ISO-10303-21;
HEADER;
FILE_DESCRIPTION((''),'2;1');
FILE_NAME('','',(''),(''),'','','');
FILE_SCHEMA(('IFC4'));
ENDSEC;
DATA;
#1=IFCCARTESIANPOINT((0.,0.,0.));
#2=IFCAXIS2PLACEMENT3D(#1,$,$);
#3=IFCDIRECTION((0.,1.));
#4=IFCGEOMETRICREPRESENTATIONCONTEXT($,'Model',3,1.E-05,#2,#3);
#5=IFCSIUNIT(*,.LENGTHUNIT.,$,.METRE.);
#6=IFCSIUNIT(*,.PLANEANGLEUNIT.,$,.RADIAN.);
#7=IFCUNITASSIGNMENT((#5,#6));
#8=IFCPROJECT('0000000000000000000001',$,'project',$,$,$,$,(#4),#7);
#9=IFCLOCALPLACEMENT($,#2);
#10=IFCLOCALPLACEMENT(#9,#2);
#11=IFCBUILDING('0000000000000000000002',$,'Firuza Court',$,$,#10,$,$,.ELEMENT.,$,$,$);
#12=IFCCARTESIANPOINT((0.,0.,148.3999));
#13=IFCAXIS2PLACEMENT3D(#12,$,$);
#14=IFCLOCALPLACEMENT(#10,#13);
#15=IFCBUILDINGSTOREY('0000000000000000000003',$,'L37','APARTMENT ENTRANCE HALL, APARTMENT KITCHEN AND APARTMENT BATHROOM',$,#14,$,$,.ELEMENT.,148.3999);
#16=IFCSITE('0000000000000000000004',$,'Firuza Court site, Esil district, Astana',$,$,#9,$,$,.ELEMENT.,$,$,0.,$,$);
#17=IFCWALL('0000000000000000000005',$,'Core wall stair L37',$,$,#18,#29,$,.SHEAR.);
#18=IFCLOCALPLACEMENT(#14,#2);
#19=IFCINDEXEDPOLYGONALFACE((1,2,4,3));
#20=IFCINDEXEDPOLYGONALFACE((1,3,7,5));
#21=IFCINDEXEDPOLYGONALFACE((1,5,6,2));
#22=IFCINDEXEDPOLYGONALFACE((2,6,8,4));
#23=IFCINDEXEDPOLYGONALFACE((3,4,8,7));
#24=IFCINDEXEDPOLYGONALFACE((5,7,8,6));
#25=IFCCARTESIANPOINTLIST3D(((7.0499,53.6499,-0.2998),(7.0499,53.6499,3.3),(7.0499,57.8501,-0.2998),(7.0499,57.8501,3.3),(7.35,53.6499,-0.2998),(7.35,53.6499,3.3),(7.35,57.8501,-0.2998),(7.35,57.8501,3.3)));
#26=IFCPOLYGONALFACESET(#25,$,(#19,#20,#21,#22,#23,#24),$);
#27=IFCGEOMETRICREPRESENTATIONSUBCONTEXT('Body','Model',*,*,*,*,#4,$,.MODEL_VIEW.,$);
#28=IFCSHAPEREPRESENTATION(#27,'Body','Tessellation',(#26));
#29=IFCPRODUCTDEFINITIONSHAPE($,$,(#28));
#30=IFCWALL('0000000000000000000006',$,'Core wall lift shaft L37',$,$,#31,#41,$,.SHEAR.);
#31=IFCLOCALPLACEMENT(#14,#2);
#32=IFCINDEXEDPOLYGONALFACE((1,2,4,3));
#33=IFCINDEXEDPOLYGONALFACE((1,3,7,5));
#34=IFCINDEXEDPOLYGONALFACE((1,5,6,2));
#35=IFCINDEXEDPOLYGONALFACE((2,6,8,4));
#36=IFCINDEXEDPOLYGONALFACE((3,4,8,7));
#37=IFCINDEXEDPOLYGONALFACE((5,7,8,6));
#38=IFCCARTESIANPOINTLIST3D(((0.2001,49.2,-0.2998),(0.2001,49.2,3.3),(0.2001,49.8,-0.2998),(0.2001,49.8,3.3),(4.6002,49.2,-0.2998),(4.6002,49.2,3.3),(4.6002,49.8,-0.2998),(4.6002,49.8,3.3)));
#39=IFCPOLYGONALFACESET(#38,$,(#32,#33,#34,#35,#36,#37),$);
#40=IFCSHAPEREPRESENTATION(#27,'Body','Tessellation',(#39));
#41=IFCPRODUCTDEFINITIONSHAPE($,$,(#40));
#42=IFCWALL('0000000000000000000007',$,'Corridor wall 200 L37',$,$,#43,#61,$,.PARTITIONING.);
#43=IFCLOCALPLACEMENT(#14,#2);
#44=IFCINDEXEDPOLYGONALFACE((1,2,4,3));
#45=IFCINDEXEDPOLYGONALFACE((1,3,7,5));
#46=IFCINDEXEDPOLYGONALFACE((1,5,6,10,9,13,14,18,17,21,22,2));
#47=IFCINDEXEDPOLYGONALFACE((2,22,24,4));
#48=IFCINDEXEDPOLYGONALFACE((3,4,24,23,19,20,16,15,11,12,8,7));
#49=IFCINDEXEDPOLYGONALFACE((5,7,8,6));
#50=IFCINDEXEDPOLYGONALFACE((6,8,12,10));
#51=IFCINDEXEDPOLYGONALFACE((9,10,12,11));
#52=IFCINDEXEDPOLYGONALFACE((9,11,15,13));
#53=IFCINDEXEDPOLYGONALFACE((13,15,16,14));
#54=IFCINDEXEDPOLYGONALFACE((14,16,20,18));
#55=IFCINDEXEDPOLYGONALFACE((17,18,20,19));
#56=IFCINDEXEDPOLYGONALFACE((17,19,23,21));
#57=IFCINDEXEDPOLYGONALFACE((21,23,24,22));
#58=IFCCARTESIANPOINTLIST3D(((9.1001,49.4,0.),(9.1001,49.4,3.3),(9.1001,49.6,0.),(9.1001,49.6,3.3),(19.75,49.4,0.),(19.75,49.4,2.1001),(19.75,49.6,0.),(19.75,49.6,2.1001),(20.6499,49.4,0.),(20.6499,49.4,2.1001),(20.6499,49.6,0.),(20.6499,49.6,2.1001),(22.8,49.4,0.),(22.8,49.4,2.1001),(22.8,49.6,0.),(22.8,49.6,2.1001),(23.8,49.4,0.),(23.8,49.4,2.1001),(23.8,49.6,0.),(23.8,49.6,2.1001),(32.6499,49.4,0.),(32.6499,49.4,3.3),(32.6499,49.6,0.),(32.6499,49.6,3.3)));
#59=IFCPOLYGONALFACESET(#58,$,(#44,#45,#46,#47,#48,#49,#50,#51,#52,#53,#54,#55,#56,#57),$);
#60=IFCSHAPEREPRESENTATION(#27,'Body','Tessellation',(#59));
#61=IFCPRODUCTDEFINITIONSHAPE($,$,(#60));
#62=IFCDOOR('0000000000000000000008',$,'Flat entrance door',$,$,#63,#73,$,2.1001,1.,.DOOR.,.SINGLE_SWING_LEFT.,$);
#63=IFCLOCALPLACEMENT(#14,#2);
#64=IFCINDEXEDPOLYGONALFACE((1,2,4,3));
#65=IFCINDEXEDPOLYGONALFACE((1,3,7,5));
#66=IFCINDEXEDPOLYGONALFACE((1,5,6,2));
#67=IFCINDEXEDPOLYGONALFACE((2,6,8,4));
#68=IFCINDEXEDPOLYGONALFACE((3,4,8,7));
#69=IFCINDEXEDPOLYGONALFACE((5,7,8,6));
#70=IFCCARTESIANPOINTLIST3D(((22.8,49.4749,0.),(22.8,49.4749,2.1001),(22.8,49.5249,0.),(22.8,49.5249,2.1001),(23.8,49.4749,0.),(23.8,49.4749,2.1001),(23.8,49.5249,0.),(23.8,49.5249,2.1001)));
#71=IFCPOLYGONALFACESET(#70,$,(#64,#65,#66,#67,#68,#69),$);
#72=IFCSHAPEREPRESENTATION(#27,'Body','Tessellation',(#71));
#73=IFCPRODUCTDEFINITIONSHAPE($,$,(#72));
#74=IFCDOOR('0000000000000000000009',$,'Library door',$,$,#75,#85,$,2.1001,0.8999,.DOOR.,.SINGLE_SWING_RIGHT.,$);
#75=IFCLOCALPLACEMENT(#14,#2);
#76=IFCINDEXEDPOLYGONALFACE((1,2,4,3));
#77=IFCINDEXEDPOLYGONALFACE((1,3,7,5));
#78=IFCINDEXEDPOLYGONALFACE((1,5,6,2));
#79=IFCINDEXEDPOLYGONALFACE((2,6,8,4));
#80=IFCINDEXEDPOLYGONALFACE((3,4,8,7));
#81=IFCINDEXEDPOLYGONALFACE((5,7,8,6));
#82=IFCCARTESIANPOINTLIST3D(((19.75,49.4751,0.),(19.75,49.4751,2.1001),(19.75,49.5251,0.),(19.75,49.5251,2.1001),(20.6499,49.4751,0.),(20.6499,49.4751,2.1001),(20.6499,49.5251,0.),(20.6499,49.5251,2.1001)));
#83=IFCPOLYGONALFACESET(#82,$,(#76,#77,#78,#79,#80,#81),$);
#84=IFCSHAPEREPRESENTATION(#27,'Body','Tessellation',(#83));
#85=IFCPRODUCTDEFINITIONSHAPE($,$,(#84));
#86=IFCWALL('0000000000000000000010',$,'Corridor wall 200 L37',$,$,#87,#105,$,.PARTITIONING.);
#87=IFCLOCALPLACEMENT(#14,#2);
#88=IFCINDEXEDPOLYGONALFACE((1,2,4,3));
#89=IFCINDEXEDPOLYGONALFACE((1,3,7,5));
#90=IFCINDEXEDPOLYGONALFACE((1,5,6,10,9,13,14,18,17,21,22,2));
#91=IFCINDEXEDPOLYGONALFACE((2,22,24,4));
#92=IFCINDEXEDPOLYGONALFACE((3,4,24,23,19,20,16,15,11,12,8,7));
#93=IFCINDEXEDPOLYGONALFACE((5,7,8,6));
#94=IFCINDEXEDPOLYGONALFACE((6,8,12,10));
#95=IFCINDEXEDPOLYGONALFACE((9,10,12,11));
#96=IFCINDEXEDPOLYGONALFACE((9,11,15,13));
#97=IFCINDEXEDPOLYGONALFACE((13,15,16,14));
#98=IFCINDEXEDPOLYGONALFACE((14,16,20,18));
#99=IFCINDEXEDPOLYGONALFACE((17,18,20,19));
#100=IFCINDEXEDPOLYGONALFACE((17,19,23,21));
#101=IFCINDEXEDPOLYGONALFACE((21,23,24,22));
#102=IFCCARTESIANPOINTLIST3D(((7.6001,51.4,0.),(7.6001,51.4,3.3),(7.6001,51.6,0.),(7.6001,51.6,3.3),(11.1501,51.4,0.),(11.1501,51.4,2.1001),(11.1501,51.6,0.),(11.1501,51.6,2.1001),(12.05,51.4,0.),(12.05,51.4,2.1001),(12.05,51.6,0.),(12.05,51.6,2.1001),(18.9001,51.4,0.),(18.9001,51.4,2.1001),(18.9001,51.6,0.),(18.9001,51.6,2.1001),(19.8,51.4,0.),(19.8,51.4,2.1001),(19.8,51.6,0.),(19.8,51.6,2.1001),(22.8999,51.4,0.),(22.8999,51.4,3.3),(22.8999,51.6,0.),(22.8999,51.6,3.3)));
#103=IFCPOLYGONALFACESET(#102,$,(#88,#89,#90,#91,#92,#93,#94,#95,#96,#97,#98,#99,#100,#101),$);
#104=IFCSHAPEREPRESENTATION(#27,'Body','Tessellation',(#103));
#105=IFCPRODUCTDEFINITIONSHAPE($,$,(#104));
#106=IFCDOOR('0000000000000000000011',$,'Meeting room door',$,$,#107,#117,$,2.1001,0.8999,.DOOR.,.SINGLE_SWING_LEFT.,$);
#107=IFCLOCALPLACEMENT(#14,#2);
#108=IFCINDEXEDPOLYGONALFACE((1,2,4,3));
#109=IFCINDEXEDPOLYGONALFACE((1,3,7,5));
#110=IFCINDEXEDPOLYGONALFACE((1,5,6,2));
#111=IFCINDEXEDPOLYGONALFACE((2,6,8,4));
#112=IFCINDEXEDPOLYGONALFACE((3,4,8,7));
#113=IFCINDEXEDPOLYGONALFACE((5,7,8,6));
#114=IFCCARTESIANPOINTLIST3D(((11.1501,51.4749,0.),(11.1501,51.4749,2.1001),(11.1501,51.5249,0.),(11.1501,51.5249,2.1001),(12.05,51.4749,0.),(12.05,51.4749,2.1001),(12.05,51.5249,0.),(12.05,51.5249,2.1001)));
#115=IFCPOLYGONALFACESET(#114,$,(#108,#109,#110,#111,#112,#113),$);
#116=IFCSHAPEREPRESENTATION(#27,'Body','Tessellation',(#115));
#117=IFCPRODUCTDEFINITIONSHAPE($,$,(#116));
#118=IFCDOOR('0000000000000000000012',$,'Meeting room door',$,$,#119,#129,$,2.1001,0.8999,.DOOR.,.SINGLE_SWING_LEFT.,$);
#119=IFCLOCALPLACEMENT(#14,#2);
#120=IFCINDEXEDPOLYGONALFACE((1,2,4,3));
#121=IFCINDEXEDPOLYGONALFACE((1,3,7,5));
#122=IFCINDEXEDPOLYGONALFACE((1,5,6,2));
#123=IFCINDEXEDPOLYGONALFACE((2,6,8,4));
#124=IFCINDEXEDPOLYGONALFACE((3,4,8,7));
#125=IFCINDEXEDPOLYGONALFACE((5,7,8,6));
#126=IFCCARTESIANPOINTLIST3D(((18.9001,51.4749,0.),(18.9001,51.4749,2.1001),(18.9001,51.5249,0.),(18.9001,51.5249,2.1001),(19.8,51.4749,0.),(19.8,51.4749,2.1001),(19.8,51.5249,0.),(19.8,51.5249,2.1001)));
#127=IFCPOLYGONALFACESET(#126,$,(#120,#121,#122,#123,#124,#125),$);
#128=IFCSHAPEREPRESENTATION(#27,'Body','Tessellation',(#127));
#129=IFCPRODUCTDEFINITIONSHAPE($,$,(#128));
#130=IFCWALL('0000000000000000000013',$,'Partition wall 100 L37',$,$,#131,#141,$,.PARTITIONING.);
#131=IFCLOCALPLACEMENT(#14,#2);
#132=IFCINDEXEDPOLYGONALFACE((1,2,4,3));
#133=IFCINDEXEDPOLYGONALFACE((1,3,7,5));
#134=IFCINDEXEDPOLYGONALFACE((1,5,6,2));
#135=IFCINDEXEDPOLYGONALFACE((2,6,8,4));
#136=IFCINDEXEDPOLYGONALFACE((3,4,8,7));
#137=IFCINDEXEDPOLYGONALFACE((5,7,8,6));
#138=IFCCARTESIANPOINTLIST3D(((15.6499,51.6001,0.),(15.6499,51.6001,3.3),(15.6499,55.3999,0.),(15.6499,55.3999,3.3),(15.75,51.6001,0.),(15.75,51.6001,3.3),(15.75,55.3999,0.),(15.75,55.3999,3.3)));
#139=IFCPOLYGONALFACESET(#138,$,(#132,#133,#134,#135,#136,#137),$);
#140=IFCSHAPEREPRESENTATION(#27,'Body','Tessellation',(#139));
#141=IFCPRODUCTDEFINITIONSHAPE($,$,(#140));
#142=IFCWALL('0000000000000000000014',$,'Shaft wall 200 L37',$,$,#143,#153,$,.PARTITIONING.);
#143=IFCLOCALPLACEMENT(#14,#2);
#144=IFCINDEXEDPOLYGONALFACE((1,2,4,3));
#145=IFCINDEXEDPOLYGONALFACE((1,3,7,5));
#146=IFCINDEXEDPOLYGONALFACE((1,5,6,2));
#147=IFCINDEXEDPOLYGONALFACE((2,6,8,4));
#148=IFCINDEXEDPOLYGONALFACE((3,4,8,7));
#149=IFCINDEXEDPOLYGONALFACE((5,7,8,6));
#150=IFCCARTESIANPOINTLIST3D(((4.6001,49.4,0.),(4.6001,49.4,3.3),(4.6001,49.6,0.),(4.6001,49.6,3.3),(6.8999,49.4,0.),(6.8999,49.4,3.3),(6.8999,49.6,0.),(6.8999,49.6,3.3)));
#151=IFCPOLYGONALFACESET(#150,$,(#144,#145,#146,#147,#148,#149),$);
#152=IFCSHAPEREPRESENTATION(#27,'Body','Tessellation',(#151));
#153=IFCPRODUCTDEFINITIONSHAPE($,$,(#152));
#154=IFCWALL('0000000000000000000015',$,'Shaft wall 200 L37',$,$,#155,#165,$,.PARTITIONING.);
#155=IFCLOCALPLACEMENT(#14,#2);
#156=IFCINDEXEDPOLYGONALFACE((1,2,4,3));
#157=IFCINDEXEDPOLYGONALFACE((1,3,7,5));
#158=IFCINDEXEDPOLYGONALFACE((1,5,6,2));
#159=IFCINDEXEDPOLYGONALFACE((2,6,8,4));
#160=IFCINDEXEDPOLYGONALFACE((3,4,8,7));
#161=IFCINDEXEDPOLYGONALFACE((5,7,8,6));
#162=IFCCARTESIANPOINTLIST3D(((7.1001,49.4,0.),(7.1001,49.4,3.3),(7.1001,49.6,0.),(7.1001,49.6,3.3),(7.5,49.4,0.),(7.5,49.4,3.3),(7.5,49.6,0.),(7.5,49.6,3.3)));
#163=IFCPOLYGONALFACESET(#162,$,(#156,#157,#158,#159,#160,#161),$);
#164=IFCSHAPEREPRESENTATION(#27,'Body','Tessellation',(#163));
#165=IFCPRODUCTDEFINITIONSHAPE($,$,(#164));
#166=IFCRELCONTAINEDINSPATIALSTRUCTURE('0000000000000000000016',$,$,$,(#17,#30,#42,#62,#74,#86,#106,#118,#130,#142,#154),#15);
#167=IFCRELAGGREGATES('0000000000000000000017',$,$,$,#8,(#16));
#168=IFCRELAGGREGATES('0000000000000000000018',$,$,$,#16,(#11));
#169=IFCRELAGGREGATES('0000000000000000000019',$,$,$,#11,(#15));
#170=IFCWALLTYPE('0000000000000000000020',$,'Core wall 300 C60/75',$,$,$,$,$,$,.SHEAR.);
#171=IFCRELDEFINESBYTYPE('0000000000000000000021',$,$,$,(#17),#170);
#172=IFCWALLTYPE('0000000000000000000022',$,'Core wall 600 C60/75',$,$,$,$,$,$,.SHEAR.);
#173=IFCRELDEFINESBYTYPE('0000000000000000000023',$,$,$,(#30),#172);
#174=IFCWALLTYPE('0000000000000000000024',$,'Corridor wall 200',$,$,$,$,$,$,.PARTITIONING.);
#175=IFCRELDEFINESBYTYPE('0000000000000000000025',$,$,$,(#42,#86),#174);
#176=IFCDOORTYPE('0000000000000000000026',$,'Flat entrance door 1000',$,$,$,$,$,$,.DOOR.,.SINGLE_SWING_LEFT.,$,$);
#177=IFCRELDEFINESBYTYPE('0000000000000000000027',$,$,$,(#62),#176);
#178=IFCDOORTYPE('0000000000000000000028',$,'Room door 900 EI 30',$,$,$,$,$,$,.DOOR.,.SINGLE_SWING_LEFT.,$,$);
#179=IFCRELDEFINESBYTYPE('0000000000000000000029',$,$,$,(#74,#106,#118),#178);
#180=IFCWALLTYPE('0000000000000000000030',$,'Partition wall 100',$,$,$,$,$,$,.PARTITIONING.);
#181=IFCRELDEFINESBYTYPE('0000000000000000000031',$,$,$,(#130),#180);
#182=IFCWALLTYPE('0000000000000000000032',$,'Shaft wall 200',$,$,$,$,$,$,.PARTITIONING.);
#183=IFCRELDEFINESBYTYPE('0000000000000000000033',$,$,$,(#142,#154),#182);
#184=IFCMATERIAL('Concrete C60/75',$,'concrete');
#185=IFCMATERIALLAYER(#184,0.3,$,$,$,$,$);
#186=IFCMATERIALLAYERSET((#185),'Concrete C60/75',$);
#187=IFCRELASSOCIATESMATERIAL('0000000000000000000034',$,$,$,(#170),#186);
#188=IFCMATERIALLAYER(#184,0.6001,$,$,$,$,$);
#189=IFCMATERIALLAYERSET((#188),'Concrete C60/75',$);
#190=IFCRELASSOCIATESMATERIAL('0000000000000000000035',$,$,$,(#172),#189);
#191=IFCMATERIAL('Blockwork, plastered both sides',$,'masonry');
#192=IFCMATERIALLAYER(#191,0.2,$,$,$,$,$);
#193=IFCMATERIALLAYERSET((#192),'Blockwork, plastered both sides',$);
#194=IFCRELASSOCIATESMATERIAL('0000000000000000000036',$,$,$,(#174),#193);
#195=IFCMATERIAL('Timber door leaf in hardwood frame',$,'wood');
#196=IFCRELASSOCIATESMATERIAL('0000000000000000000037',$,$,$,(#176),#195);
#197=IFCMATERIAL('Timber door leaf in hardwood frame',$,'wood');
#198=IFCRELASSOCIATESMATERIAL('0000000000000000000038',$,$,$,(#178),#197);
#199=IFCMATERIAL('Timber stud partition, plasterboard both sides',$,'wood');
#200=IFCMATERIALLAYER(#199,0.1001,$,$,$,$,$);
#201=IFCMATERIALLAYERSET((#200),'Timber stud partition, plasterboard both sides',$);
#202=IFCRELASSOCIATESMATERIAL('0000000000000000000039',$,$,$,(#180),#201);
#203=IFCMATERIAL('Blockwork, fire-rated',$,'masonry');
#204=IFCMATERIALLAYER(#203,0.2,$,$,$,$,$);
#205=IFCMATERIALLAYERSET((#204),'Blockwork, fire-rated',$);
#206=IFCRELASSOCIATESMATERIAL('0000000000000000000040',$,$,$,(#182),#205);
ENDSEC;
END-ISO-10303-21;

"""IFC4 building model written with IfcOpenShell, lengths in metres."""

from ifc_helpers import new_model, si_unit, direction, frame, frame_2d, origin, place, context, subcontext, project, spatial, rectangle, extrude, material, layer, layer_set, type_object, element, fill, save


model = new_model("IFC4")

# Units and contexts
model_context = context("Model", 3, precision=1e-05, world=origin(), true_north=direction((0.0, 1.0)))
body_context = subcontext(model_context, "Body", "Model", "MODEL_VIEW")
ifc_project = project(units=[si_unit("LENGTHUNIT", "METRE"), si_unit("PLANEANGLEUNIT", "RADIAN")], contexts=[model_context])

# Site, building, storey
site_placement = place(None, origin())
site = spatial("IfcSite", under=ifc_project, at=site_placement, Name="Firuza Court site, Esil district, Astana", CompositionType="ELEMENT", RefElevation=0.0)
building_placement = place(site_placement, origin())
building = spatial("IfcBuilding", under=site, at=building_placement, Name="Firuza Court", CompositionType="ELEMENT")
storey_placement = place(building_placement, frame((0.0, 0.0, 148.3999)))
storey = spatial("IfcBuildingStorey", under=building, at=storey_placement, Name="L37", Description="APARTMENT ENTRANCE HALL, APARTMENT KITCHEN AND APARTMENT BATHROOM", CompositionType="ELEMENT", Elevation=148.3999)

# Shared definitions
ifc_material_1 = material(Name="Concrete C60/75", Category="concrete")
ifc_layer_1 = layer(ifc_material_1, 0.3)
ifc_layer_set_1 = layer_set([ifc_layer_1], Name="Concrete C60/75")
wall_type_1 = type_object("IfcWallType", Name="Core wall 300 C60/75", PredefinedType="SHEAR", material=ifc_layer_set_1)

# Walls
wall_1_placement = place(storey_placement, frame((7.2, 53.6499, -0.2998), z_axis=(0.0, 0.0, 1.0), x_axis=(0.0, 1.0, 0.0)))
element("IfcWall", 1, at=wall_1_placement, inside=storey, type_object=wall_type_1, Name="Core wall stair L37", PredefinedType="SHEAR", context=body_context, shape_type="SweptSolid", body=[
    extrude(rectangle(XDim=4.2002, YDim=0.3, at=frame_2d((2.1001, 0.0))), origin(), (0.0, 0.0, 1.0), 3.5999),
])
ifc_layer_2 = layer(ifc_material_1, 0.6001)
ifc_layer_set_2 = layer_set([ifc_layer_2], Name="Concrete C60/75")
wall_type_2 = type_object("IfcWallType", Name="Core wall 600 C60/75", PredefinedType="SHEAR", material=ifc_layer_set_2)
wall_2_placement = place(storey_placement, frame((0.2, 49.5, -0.2998), z_axis=(0.0, 0.0, 1.0), x_axis=(1.0, 0.0, 0.0)))
element("IfcWall", 2, at=wall_2_placement, inside=storey, type_object=wall_type_2, Name="Core wall lift shaft L37", PredefinedType="SHEAR", context=body_context, shape_type="SweptSolid", body=[
    extrude(rectangle(XDim=4.4001, YDim=0.6001, at=frame_2d((2.2002, 0.0))), origin(), (0.0, 0.0, 1.0), 3.5999),
])

# Walls, openings, doors
ifc_material_2 = material(Name="Blockwork, plastered both sides", Category="masonry")
ifc_layer_3 = layer(ifc_material_2, 0.2)
ifc_layer_set_3 = layer_set([ifc_layer_3], Name="Blockwork, plastered both sides")
wall_type_3 = type_object("IfcWallType", Name="Corridor wall 200", PredefinedType="PARTITIONING", material=ifc_layer_set_3)
wall_3_placement = place(storey_placement, frame((9.1001, 49.5, 0.0), z_axis=(0.0, 0.0, 1.0), x_axis=(1.0, 0.0, 0.0)))
wall_3 = element("IfcWall", 3, at=wall_3_placement, inside=storey, type_object=wall_type_3, Name="Corridor wall 200 L37", PredefinedType="PARTITIONING", context=body_context, shape_type="SweptSolid", body=[
    extrude(rectangle(XDim=23.5498, YDim=0.2, at=frame_2d((11.7749, 0.0))), origin(), (0.0, 0.0, 1.0), 3.3),
])
opening_1_placement = place(wall_3_placement, frame((13.7, 0.0, 0.0)))
opening_1 = element("IfcOpeningElement", 4, at=opening_1_placement, cuts=wall_3, PredefinedType="OPENING", context=body_context, shape_type="SweptSolid", body=[
    extrude(rectangle(XDim=1.0, YDim=2.1001, at=frame_2d((0.5, 1.05))), frame((0.0, 0.1118, 0.0), z_axis=(0.0, -1.0, 0.0), x_axis=(1.0, 0.0, 0.0)), (0.0, 0.0, 1.0), 0.2239),
])
opening_2_placement = place(wall_3_placement, frame((10.6499, 0.0, 0.0)))
opening_2 = element("IfcOpeningElement", 5, at=opening_2_placement, cuts=wall_3, PredefinedType="OPENING", context=body_context, shape_type="SweptSolid", body=[
    extrude(rectangle(XDim=0.8999, YDim=2.1001, at=frame_2d((0.45, 1.05))), frame((0.0, 0.1118, 0.0), z_axis=(0.0, -1.0, 0.0), x_axis=(1.0, 0.0, 0.0)), (0.0, 0.0, 1.0), 0.2239),
])
ifc_material_3 = material(Name="Timber door leaf in hardwood frame", Category="wood")
door_type_1 = type_object("IfcDoorType", Name="Flat entrance door 1000", OperationType="SINGLE_SWING_LEFT", PredefinedType="DOOR", material=ifc_material_3)
door_1_placement = place(opening_1_placement, origin())
door_1 = element("IfcDoor", 6, at=door_1_placement, inside=storey, type_object=door_type_1, Name="Flat entrance door", OperationType="SINGLE_SWING_LEFT", OverallHeight=2.1001, OverallWidth=1.0, PredefinedType="DOOR", context=body_context, shape_type="SweptSolid", body=[
    extrude(rectangle(XDim=1.0, YDim=2.1001, at=frame_2d((0.5, 1.05))), frame((0.0, 0.0249, 0.0), z_axis=(0.0, -1.0, 0.0), x_axis=(1.0, 0.0, 0.0)), (0.0, 0.0, 1.0), 0.05),
])
fill(opening_1, door_1)
ifc_material_4 = material(Name="Timber door leaf in hardwood frame", Category="wood")
door_type_2 = type_object("IfcDoorType", Name="Room door 900 EI 30", OperationType="SINGLE_SWING_LEFT", PredefinedType="DOOR", material=ifc_material_4)
door_2_placement = place(opening_2_placement, frame((0.8999, 0.0, 0.0), z_axis=(0.0, 0.0, 1.0), x_axis=(-1.0, 0.0, 0.0)))
door_2 = element("IfcDoor", 7, at=door_2_placement, inside=storey, type_object=door_type_2, Name="Library door", OperationType="SINGLE_SWING_RIGHT", OverallHeight=2.1001, OverallWidth=0.8999, PredefinedType="DOOR", context=body_context, shape_type="SweptSolid", body=[
    extrude(rectangle(XDim=0.8999, YDim=2.1001, at=frame_2d((0.45, 1.05))), frame((0.0, 0.0249, 0.0), z_axis=(0.0, -1.0, 0.0), x_axis=(1.0, 0.0, 0.0)), (0.0, 0.0, 1.0), 0.05),
])
fill(opening_2, door_2)
wall_4_placement = place(storey_placement, frame((7.6001, 51.5, 0.0), z_axis=(0.0, 0.0, 1.0), x_axis=(1.0, 0.0, 0.0)))
wall_4 = element("IfcWall", 8, at=wall_4_placement, inside=storey, type_object=wall_type_3, Name="Corridor wall 200 L37", PredefinedType="PARTITIONING", context=body_context, shape_type="SweptSolid", body=[
    extrude(rectangle(XDim=15.2998, YDim=0.2, at=frame_2d((7.6499, 0.0))), origin(), (0.0, 0.0, 1.0), 3.3),
])
opening_3_placement = place(wall_4_placement, frame((3.55, 0.0, 0.0)))
opening_3 = element("IfcOpeningElement", 9, at=opening_3_placement, cuts=wall_4, PredefinedType="OPENING", context=body_context, shape_type="SweptSolid", body=[
    extrude(rectangle(XDim=0.8999, YDim=2.1001, at=frame_2d((0.45, 1.05))), frame((0.0, 0.1118, 0.0), z_axis=(0.0, -1.0, 0.0), x_axis=(1.0, 0.0, 0.0)), (0.0, 0.0, 1.0), 0.2239),
])
opening_4_placement = place(wall_4_placement, frame((11.3, 0.0, 0.0)))
opening_4 = element("IfcOpeningElement", 10, at=opening_4_placement, cuts=wall_4, PredefinedType="OPENING", context=body_context, shape_type="SweptSolid", body=[
    extrude(rectangle(XDim=0.8999, YDim=2.1001, at=frame_2d((0.45, 1.05))), frame((0.0, 0.1118, 0.0), z_axis=(0.0, -1.0, 0.0), x_axis=(1.0, 0.0, 0.0)), (0.0, 0.0, 1.0), 0.2239),
])
door_3_placement = place(opening_3_placement, origin())
door_3 = element("IfcDoor", 11, at=door_3_placement, inside=storey, type_object=door_type_2, Name="Meeting room door", OperationType="SINGLE_SWING_LEFT", OverallHeight=2.1001, OverallWidth=0.8999, PredefinedType="DOOR", context=body_context, shape_type="SweptSolid", body=[
    extrude(rectangle(XDim=0.8999, YDim=2.1001, at=frame_2d((0.45, 1.05))), frame((0.0, 0.0249, 0.0), z_axis=(0.0, -1.0, 0.0), x_axis=(1.0, 0.0, 0.0)), (0.0, 0.0, 1.0), 0.05),
])
fill(opening_3, door_3)
door_4_placement = place(opening_4_placement, origin())
door_4 = element("IfcDoor", 12, at=door_4_placement, inside=storey, type_object=door_type_2, Name="Meeting room door", OperationType="SINGLE_SWING_LEFT", OverallHeight=2.1001, OverallWidth=0.8999, PredefinedType="DOOR", context=body_context, shape_type="SweptSolid", body=[
    extrude(rectangle(XDim=0.8999, YDim=2.1001, at=frame_2d((0.45, 1.05))), frame((0.0, 0.0249, 0.0), z_axis=(0.0, -1.0, 0.0), x_axis=(1.0, 0.0, 0.0)), (0.0, 0.0, 1.0), 0.05),
])
fill(opening_4, door_4)

# Walls
ifc_material_5 = material(Name="Timber stud partition, plasterboard both sides", Category="wood")
ifc_layer_4 = layer(ifc_material_5, 0.1001)
ifc_layer_set_4 = layer_set([ifc_layer_4], Name="Timber stud partition, plasterboard both sides")
wall_type_4 = type_object("IfcWallType", Name="Partition wall 100", PredefinedType="PARTITIONING", material=ifc_layer_set_4)
wall_5_placement = place(storey_placement, frame((15.7, 51.6001, 0.0), z_axis=(0.0, 0.0, 1.0), x_axis=(0.0, 1.0, 0.0)))
element("IfcWall", 13, at=wall_5_placement, inside=storey, type_object=wall_type_4, Name="Partition wall 100 L37", PredefinedType="PARTITIONING", context=body_context, shape_type="SweptSolid", body=[
    extrude(rectangle(XDim=3.7998, YDim=0.1001, at=frame_2d((1.8999, 0.0))), origin(), (0.0, 0.0, 1.0), 3.3),
])
ifc_material_6 = material(Name="Blockwork, fire-rated", Category="masonry")
ifc_layer_5 = layer(ifc_material_6, 0.2)
ifc_layer_set_5 = layer_set([ifc_layer_5], Name="Blockwork, fire-rated")
wall_type_5 = type_object("IfcWallType", Name="Shaft wall 200", PredefinedType="PARTITIONING", material=ifc_layer_set_5)
wall_6_placement = place(storey_placement, frame((4.6001, 49.5, 0.0), z_axis=(0.0, 0.0, 1.0), x_axis=(1.0, 0.0, 0.0)))
element("IfcWall", 14, at=wall_6_placement, inside=storey, type_object=wall_type_5, Name="Shaft wall 200 L37", PredefinedType="PARTITIONING", context=body_context, shape_type="SweptSolid", body=[
    extrude(rectangle(XDim=2.2998, YDim=0.2, at=frame_2d((1.1499, 0.0))), origin(), (0.0, 0.0, 1.0), 3.3),
])
wall_7_placement = place(storey_placement, frame((7.1001, 49.5, 0.0), z_axis=(0.0, 0.0, 1.0), x_axis=(1.0, 0.0, 0.0)))
element("IfcWall", 15, at=wall_7_placement, inside=storey, type_object=wall_type_5, Name="Shaft wall 200 L37", PredefinedType="PARTITIONING", context=body_context, shape_type="SweptSolid", body=[
    extrude(rectangle(XDim=0.3999, YDim=0.2, at=frame_2d((0.2, 0.0))), origin(), (0.0, 0.0, 1.0), 3.3),
])

save(model, "model.ifc")
